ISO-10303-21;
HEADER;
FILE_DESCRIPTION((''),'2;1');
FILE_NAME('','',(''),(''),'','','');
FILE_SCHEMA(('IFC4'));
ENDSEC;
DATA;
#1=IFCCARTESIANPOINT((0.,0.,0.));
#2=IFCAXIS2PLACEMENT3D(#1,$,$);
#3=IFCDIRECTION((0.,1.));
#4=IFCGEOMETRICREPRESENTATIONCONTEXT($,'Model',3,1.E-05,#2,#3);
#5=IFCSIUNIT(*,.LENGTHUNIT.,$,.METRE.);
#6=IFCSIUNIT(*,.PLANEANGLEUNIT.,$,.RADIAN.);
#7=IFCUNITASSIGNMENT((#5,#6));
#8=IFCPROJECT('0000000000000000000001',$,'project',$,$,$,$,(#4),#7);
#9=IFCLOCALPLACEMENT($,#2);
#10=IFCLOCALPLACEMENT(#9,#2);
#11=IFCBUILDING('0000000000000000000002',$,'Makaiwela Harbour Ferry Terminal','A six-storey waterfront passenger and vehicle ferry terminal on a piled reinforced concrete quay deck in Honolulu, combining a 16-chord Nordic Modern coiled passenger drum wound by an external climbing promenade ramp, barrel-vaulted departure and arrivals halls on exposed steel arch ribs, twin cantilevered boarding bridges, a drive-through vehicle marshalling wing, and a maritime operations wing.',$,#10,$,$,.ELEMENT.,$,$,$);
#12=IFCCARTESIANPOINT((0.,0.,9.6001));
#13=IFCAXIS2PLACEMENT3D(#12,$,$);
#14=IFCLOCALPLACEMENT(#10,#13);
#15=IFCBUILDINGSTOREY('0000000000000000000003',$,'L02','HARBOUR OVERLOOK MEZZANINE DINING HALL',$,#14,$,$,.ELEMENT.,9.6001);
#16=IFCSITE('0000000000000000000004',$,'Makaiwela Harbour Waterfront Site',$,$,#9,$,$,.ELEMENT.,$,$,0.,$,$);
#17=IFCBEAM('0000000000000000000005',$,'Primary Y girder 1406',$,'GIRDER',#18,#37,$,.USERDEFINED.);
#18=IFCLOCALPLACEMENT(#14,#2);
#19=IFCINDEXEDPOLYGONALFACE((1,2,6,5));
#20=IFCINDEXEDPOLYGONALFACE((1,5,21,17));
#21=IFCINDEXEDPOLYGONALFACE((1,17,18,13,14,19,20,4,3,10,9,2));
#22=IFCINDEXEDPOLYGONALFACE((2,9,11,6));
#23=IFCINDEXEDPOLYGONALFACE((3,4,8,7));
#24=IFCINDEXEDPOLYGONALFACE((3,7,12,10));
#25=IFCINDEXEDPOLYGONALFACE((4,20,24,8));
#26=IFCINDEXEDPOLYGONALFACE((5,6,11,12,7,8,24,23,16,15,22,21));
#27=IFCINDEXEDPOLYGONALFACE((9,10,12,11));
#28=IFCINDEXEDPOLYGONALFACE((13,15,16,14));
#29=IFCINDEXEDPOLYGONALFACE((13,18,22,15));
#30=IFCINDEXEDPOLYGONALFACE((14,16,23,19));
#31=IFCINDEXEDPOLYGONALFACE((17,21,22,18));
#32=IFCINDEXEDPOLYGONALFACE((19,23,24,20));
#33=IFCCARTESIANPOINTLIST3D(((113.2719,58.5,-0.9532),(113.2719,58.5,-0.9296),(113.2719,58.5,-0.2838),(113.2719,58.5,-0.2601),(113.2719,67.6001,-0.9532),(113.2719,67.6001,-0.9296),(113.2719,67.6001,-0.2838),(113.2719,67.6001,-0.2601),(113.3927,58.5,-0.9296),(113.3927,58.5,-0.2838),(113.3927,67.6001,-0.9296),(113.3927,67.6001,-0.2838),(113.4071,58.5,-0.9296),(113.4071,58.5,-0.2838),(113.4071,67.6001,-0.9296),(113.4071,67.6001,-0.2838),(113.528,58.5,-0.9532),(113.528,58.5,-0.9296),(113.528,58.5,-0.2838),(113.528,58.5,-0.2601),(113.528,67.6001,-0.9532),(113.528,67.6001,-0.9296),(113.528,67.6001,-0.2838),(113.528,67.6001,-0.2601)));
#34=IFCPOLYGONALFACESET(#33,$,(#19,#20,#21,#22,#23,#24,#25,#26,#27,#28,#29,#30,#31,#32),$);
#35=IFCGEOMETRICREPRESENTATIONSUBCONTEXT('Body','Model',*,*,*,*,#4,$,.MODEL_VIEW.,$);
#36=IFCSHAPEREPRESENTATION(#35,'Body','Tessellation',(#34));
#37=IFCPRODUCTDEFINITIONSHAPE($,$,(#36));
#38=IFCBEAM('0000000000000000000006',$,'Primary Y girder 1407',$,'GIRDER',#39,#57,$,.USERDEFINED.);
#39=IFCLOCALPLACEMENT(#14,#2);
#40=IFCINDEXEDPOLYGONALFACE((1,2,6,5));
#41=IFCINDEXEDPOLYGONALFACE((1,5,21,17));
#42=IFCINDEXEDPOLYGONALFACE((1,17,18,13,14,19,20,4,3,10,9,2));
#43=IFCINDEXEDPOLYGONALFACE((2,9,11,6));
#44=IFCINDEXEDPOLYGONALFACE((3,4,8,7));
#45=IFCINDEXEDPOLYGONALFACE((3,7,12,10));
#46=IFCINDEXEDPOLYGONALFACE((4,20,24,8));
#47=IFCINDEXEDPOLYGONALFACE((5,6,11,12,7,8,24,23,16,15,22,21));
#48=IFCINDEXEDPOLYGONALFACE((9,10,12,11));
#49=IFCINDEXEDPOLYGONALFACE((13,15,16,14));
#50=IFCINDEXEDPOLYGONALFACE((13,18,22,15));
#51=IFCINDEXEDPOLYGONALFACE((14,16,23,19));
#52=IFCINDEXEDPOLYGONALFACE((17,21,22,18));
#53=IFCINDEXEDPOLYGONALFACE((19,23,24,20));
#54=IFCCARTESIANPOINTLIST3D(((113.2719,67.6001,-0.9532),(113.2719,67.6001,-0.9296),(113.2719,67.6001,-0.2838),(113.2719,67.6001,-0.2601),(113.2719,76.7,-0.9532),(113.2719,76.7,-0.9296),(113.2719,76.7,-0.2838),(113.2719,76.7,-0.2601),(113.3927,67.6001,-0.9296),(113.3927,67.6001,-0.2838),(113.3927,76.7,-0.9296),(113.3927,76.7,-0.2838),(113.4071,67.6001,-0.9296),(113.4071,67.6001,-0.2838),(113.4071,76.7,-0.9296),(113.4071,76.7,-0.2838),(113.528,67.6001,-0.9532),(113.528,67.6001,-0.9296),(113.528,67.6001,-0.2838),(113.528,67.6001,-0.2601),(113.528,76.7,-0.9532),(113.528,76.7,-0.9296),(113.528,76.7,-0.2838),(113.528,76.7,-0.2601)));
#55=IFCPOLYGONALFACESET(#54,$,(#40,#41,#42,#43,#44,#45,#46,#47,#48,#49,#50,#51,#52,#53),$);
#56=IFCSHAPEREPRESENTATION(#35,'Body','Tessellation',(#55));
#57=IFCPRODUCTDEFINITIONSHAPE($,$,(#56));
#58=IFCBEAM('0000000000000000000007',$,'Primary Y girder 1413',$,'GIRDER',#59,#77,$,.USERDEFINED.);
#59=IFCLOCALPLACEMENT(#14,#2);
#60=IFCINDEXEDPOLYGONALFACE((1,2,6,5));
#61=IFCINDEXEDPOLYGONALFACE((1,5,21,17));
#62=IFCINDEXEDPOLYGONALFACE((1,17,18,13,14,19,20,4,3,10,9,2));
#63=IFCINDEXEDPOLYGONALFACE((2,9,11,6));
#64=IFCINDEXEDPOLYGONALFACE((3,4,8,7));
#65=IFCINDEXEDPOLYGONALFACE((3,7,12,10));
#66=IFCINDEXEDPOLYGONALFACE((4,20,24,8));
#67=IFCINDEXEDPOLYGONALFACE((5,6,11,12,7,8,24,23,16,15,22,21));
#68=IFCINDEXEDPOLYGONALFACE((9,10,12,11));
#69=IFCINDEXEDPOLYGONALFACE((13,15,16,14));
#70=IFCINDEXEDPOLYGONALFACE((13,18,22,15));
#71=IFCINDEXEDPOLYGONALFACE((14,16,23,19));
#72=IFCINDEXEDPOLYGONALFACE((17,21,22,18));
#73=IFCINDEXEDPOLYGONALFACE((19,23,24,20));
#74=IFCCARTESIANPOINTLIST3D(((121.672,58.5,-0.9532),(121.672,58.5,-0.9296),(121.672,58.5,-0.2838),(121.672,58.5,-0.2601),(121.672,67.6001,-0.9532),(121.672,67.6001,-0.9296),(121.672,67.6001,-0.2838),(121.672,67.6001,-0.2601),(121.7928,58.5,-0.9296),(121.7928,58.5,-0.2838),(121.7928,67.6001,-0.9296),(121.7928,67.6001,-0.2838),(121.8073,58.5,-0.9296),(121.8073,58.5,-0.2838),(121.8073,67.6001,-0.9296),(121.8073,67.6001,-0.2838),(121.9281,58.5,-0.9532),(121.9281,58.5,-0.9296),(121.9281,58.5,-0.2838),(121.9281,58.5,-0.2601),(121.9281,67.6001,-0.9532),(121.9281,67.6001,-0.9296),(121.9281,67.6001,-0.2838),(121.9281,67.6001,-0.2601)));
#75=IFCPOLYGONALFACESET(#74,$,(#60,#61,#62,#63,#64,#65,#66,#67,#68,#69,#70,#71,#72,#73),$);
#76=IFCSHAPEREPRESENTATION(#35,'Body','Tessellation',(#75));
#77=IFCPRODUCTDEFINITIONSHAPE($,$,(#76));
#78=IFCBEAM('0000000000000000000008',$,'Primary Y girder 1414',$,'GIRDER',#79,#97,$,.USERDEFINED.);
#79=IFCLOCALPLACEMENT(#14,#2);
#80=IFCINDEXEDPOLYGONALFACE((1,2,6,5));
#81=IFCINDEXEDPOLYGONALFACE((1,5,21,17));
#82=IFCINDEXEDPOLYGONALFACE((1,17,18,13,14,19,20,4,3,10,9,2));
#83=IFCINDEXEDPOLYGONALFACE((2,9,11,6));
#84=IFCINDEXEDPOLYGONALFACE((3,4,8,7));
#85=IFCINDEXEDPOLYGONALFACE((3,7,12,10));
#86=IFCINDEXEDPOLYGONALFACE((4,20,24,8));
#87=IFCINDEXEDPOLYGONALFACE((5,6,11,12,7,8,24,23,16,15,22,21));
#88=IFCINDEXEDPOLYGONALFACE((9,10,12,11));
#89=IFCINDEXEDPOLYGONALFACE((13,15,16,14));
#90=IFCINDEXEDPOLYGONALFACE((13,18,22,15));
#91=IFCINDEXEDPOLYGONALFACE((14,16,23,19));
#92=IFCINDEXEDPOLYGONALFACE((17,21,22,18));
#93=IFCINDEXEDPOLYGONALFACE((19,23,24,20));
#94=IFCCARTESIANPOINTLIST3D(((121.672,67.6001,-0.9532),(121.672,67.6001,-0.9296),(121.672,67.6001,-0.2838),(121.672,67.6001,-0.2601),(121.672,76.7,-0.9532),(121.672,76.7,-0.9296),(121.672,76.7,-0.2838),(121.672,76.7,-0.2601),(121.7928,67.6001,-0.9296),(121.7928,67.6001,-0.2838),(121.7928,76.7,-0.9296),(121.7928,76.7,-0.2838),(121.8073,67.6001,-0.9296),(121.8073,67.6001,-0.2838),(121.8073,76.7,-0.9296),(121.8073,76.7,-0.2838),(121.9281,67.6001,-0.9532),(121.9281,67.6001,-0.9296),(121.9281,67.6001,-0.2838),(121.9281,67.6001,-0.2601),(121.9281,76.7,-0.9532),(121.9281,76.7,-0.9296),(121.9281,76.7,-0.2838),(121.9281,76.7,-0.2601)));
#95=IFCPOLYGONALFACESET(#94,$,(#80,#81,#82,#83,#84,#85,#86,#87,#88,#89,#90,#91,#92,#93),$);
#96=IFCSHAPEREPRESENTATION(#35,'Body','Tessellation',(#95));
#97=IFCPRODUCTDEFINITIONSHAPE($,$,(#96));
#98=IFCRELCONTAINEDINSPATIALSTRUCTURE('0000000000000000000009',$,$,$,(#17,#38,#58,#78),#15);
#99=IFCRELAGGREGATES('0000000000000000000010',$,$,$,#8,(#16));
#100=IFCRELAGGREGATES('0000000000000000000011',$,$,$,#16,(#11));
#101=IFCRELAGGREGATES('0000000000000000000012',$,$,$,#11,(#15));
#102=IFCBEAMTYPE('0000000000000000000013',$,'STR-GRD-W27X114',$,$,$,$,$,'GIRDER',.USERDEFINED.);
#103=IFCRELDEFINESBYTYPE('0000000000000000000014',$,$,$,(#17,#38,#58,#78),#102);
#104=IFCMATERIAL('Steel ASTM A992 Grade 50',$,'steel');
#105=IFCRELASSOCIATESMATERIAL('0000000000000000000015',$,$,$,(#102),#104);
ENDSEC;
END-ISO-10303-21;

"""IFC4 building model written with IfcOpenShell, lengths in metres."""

from ifc_helpers import new_model, si_unit, direction, frame, origin, origin_2d, place, context, subcontext, project, spatial, i_section, extrude, material, material_profile, profile_set, type_object, element, save


model = new_model("IFC4")

# Units and contexts
model_context = context("Model", 3, precision=1e-05, world=origin(), true_north=direction((0.0, 1.0)))
body_context = subcontext(model_context, "Body", "Model", "MODEL_VIEW")
ifc_project = project(units=[si_unit("LENGTHUNIT", "METRE"), si_unit("PLANEANGLEUNIT", "RADIAN")], contexts=[model_context])

# Site, building, storey
site_placement = place(None, origin())
site = spatial("IfcSite", under=ifc_project, at=site_placement, Name="Makaiwela Harbour Waterfront Site", CompositionType="ELEMENT", RefElevation=0.0)
building_placement = place(site_placement, origin())
building = spatial("IfcBuilding", under=site, at=building_placement, Name="Makaiwela Harbour Ferry Terminal", Description="A six-storey waterfront passenger and vehicle ferry terminal on a piled reinforced concrete quay deck in Honolulu, combining a 16-chord Nordic Modern coiled passenger drum wound by an external climbing promenade ramp, barrel-vaulted departure and arrivals halls on exposed steel arch ribs, twin cantilevered boarding bridges, a drive-through vehicle marshalling wing, and a maritime operations wing.", CompositionType="ELEMENT")
storey_placement = place(building_placement, frame((0.0, 0.0, 9.6001)))
storey = spatial("IfcBuildingStorey", under=building, at=storey_placement, Name="L02", Description="HARBOUR OVERLOOK MEZZANINE DINING HALL", CompositionType="ELEMENT", Elevation=9.6001)

# Shared definitions
ifc_material = material(Name="Steel ASTM A992 Grade 50", Category="steel")

# Beams
ifc_material_profile_1 = material_profile(ifc_material, i_section(OverallWidth=0.2561, OverallDepth=0.6931, WebThickness=0.0144, FlangeThickness=0.0237, at=origin_2d()), Name="W27X114")
ifc_profile_set_1 = profile_set([ifc_material_profile_1], Name="Steel ASTM A992 Grade 50")
beam_type_1 = type_object("IfcBeamType", Name="STR-GRD-W27X114", ElementType="GIRDER", PredefinedType="USERDEFINED", material=ifc_profile_set_1)
beam_1_placement = place(storey_placement, frame((113.3999, 58.5, -0.6067), z_axis=(0.0, 1.0, 0.0), x_axis=(-1.0, 0.0, 0.0)))
element("IfcBeam", 1, at=beam_1_placement, inside=storey, type_object=beam_type_1, Name="Primary Y girder 1406", ObjectType="GIRDER", PredefinedType="USERDEFINED", context=body_context, shape_type="SweptSolid", body=[
    extrude(i_section(OverallWidth=0.2561, OverallDepth=0.6931, WebThickness=0.0144, FlangeThickness=0.0237, at=origin_2d()), origin(), (0.0, 0.0, 1.0), 9.1001),
])
beam_2_placement = place(storey_placement, frame((113.3999, 67.6001, -0.6067), z_axis=(0.0, 1.0, 0.0), x_axis=(-1.0, 0.0, 0.0)))
element("IfcBeam", 2, at=beam_2_placement, inside=storey, type_object=beam_type_1, Name="Primary Y girder 1407", ObjectType="GIRDER", PredefinedType="USERDEFINED", context=body_context, shape_type="SweptSolid", body=[
    extrude(i_section(OverallWidth=0.2561, OverallDepth=0.6931, WebThickness=0.0144, FlangeThickness=0.0237, at=origin_2d()), origin(), (0.0, 0.0, 1.0), 9.0999),
])
beam_3_placement = place(storey_placement, frame((121.8, 58.5, -0.6067), z_axis=(0.0, 1.0, 0.0), x_axis=(-1.0, 0.0, 0.0)))
element("IfcBeam", 3, at=beam_3_placement, inside=storey, type_object=beam_type_1, Name="Primary Y girder 1413", ObjectType="GIRDER", PredefinedType="USERDEFINED", context=body_context, shape_type="SweptSolid", body=[
    extrude(i_section(OverallWidth=0.2561, OverallDepth=0.6931, WebThickness=0.0144, FlangeThickness=0.0237, at=origin_2d()), origin(), (0.0, 0.0, 1.0), 9.1001),
])
beam_4_placement = place(storey_placement, frame((121.8, 67.6001, -0.6067), z_axis=(0.0, 1.0, 0.0), x_axis=(-1.0, 0.0, 0.0)))
element("IfcBeam", 4, at=beam_4_placement, inside=storey, type_object=beam_type_1, Name="Primary Y girder 1414", ObjectType="GIRDER", PredefinedType="USERDEFINED", context=body_context, shape_type="SweptSolid", body=[
    extrude(i_section(OverallWidth=0.2561, OverallDepth=0.6931, WebThickness=0.0144, FlangeThickness=0.0237, at=origin_2d()), origin(), (0.0, 0.0, 1.0), 9.0999),
])

save(model, "model.ifc")
